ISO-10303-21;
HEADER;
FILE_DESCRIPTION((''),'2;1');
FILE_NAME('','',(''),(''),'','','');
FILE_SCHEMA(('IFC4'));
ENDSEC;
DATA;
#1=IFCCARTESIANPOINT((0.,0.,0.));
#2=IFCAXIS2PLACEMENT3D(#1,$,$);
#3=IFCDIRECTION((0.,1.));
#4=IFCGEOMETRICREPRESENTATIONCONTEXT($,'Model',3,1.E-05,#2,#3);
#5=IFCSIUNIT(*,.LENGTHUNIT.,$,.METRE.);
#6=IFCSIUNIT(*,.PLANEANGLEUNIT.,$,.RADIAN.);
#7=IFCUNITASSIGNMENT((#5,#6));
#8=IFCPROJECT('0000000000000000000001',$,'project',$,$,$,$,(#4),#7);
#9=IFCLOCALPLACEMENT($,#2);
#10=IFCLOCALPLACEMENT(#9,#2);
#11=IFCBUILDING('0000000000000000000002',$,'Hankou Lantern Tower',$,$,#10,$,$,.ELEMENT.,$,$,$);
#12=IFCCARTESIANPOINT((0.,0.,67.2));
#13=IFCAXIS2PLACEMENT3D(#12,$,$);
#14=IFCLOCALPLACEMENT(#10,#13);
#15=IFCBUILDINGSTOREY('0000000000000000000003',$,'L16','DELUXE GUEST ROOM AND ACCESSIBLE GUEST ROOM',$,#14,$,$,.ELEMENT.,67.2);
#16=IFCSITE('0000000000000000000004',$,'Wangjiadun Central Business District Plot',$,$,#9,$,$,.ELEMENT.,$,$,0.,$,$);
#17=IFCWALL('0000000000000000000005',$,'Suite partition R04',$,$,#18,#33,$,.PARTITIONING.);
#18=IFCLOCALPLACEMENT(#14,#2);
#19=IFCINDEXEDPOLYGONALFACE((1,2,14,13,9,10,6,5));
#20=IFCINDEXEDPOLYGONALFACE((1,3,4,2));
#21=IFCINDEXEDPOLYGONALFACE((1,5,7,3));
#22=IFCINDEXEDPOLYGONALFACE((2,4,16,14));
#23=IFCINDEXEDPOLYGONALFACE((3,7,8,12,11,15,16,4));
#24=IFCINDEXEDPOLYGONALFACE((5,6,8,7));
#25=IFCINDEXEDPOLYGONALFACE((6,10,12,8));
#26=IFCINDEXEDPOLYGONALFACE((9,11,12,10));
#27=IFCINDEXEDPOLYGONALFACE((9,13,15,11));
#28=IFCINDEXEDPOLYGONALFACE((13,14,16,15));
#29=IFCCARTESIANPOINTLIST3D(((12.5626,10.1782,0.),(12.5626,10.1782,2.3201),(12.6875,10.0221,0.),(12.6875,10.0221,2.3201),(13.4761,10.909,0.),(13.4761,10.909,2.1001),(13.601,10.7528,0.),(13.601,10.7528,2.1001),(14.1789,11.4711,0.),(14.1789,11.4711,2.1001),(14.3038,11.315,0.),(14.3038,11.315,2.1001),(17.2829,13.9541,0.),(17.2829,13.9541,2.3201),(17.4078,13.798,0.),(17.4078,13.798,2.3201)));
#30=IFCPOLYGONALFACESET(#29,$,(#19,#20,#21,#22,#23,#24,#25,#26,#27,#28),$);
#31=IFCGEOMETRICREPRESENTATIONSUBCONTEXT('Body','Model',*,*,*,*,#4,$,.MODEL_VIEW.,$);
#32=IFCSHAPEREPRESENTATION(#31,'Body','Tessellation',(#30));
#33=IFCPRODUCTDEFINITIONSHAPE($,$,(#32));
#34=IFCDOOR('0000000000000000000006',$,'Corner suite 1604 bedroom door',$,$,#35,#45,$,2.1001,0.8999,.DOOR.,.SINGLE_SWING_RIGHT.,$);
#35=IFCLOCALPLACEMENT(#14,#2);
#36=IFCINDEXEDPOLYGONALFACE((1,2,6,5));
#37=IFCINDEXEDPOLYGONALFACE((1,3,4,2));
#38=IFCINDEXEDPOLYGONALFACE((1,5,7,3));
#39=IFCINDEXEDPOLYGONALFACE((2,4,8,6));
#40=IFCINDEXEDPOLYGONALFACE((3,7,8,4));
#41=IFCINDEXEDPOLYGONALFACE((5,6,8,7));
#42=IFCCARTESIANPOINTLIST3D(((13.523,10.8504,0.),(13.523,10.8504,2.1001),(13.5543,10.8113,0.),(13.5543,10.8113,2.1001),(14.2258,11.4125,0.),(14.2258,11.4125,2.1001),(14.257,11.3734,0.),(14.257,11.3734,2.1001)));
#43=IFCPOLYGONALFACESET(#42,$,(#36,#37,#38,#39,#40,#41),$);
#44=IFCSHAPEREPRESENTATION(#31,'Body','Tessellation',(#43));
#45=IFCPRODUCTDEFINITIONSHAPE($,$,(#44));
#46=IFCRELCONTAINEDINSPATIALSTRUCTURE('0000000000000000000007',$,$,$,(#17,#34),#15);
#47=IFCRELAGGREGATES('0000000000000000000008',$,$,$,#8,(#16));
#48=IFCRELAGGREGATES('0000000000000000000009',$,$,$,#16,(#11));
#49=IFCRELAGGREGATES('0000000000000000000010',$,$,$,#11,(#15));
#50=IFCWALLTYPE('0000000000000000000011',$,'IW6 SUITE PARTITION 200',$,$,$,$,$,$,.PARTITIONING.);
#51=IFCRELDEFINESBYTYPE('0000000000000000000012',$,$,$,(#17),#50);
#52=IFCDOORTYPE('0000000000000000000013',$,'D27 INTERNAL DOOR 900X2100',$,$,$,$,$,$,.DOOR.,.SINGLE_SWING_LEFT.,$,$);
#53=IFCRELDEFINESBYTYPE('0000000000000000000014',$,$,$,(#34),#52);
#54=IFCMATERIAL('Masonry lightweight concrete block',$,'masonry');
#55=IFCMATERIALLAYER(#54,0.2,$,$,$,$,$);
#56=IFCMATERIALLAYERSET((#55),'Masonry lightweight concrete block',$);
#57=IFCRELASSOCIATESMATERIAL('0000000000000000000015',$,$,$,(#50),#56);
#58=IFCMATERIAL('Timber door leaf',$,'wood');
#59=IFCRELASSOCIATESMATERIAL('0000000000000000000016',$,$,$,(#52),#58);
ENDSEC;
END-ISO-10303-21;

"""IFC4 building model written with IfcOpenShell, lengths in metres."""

from ifc_helpers import new_model, si_unit, direction, frame, frame_2d, origin, place, context, subcontext, project, spatial, rectangle, extrude, material, layer, layer_set, type_object, element, fill, save


model = new_model("IFC4")

# Units and contexts
model_context = context("Model", 3, precision=1e-05, world=origin(), true_north=direction((0.0, 1.0)))
body_context = subcontext(model_context, "Body", "Model", "MODEL_VIEW")
ifc_project = project(units=[si_unit("LENGTHUNIT", "METRE"), si_unit("PLANEANGLEUNIT", "RADIAN")], contexts=[model_context])

# Site, building, storey
site_placement = place(None, origin())
site = spatial("IfcSite", under=ifc_project, at=site_placement, Name="Wangjiadun Central Business District Plot", CompositionType="ELEMENT", RefElevation=0.0)
building_placement = place(site_placement, origin())
building = spatial("IfcBuilding", under=site, at=building_placement, Name="Hankou Lantern Tower", CompositionType="ELEMENT")
storey_placement = place(building_placement, frame((0.0, 0.0, 67.2)))
storey = spatial("IfcBuildingStorey", under=building, at=storey_placement, Name="L16", Description="DELUXE GUEST ROOM AND ACCESSIBLE GUEST ROOM", CompositionType="ELEMENT", Elevation=67.2)

# Wall, opening, door
ifc_material_1 = material(Name="Masonry lightweight concrete block", Category="masonry")
ifc_layer_1 = layer(ifc_material_1, 0.2)
ifc_layer_set_1 = layer_set([ifc_layer_1], Name="Masonry lightweight concrete block")
wall_type_1 = type_object("IfcWallType", Name="IW6 SUITE PARTITION 200", PredefinedType="PARTITIONING", material=ifc_layer_set_1)
wall_1_placement = place(storey_placement, frame((12.625, 10.1001, 0.0), z_axis=(0.0, 0.0, 1.0), x_axis=(0.780892, 0.624665, 0.0)))
wall_1 = element("IfcWall", 1, at=wall_1_placement, inside=storey, type_object=wall_type_1, Name="Suite partition R04", PredefinedType="PARTITIONING", context=body_context, shape_type="SweptSolid", body=[
    extrude(rectangle(XDim=6.0447, YDim=0.2, at=frame_2d((3.0225, 0.0))), origin(), (0.0, 0.0, 1.0), 2.3201),
])
opening_1_placement = place(wall_1_placement, frame((1.1699, 0.0, 0.0)))
opening_1 = element("IfcOpeningElement", 2, at=opening_1_placement, cuts=wall_1, PredefinedType="OPENING", context=body_context, shape_type="SweptSolid", body=[
    extrude(rectangle(XDim=0.8999, YDim=2.1001, at=frame_2d((0.45, 1.05))), frame((0.0, 0.1099, 0.0), z_axis=(0.0, -1.0, 0.0), x_axis=(1.0, 0.0, 0.0)), (0.0, 0.0, 1.0), 0.22),
])
ifc_material_2 = material(Name="Timber door leaf", Category="wood")
door_type = type_object("IfcDoorType", Name="D27 INTERNAL DOOR 900X2100", OperationType="SINGLE_SWING_LEFT", PredefinedType="DOOR", material=ifc_material_2)
door_placement = place(opening_1_placement, origin())
door = element("IfcDoor", 3, at=door_placement, inside=storey, type_object=door_type, Name="Corner suite 1604 bedroom door", OperationType="SINGLE_SWING_RIGHT", OverallHeight=2.1001, OverallWidth=0.8999, PredefinedType="DOOR", context=body_context, shape_type="SweptSolid", body=[
    extrude(rectangle(XDim=0.8999, YDim=2.1001, at=frame_2d((0.45, 1.05))), frame((0.0, 0.0249, 0.0), z_axis=(0.0, -1.0, 0.0), x_axis=(1.0, 0.0, 0.0)), (0.0, 0.0, 1.0), 0.05),
])
fill(opening_1, door)

save(model, "model.ifc")
